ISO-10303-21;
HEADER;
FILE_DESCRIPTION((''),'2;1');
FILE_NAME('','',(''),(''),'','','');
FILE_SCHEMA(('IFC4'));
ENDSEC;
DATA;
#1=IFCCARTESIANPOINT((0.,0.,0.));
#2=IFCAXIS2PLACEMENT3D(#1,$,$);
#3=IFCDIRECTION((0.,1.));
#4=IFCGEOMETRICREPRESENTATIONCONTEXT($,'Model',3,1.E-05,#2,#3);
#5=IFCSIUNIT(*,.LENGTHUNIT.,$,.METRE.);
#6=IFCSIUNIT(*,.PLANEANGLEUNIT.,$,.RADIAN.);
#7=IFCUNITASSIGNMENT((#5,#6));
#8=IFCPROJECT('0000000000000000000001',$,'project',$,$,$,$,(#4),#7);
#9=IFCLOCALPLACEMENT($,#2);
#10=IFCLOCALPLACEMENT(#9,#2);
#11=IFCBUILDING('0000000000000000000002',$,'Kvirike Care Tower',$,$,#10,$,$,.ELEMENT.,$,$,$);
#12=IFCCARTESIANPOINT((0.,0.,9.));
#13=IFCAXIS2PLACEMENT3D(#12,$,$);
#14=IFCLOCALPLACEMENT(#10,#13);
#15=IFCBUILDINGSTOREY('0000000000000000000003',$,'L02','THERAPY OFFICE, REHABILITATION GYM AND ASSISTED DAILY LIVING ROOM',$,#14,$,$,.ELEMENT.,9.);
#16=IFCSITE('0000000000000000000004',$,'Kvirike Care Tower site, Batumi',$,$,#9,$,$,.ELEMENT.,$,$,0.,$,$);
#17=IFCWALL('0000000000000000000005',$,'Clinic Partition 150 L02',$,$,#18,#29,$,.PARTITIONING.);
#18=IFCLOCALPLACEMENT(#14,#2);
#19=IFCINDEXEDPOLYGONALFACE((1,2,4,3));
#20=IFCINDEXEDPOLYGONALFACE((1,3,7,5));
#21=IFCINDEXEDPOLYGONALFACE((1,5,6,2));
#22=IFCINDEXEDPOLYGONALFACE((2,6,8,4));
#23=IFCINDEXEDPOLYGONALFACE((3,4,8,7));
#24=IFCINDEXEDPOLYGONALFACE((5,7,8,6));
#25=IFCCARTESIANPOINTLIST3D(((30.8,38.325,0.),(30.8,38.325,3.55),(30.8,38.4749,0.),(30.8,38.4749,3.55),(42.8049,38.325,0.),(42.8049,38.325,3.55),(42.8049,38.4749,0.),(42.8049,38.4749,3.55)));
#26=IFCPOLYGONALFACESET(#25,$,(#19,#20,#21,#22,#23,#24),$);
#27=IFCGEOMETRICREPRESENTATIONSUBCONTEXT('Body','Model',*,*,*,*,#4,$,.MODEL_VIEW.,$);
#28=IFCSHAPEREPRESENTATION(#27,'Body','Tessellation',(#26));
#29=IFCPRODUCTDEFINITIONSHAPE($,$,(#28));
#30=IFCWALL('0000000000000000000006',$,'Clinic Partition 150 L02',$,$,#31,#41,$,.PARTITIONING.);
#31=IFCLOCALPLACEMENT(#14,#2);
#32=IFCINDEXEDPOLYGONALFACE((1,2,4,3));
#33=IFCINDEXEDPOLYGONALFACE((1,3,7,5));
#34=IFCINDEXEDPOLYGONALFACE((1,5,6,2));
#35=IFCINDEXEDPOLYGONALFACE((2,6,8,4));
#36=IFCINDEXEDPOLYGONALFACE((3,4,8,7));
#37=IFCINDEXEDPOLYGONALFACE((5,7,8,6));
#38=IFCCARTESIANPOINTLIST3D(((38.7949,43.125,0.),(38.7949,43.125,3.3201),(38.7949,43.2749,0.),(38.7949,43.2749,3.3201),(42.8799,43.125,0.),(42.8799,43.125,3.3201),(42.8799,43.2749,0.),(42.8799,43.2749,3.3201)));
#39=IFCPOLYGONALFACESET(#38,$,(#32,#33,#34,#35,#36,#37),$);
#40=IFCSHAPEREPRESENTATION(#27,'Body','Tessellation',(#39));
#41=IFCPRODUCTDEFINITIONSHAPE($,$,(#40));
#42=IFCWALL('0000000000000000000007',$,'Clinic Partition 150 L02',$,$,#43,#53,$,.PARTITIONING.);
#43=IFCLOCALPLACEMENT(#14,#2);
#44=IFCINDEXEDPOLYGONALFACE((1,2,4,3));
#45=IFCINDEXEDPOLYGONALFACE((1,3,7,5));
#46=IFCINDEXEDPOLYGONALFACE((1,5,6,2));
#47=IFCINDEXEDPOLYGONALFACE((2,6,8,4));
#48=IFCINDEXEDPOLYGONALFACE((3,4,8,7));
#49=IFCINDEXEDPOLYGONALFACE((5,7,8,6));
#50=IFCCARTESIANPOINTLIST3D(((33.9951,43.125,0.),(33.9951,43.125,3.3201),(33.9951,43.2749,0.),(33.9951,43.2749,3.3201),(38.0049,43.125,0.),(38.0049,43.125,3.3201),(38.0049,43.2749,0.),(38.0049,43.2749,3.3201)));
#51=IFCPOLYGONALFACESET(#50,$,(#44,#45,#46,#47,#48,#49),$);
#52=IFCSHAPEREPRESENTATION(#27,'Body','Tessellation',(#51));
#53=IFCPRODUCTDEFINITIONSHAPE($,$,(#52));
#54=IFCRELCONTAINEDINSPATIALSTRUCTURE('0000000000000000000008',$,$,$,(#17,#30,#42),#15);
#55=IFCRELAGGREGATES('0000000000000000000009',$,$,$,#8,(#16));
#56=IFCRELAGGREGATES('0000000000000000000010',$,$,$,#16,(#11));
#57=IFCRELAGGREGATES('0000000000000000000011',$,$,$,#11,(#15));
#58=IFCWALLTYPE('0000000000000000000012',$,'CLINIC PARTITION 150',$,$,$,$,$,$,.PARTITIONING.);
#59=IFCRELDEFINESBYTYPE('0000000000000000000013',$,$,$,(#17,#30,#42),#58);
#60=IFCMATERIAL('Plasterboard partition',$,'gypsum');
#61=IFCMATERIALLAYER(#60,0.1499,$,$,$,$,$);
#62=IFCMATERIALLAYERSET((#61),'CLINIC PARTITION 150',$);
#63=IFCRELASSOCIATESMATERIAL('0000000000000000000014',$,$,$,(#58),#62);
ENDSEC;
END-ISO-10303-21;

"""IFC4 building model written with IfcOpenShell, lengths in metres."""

from ifc_helpers import new_model, si_unit, direction, frame, frame_2d, origin, place, context, subcontext, project, spatial, rectangle, extrude, material, layer, layer_set, type_object, element, save


model = new_model("IFC4")

# Units and contexts
model_context = context("Model", 3, precision=1e-05, world=origin(), true_north=direction((0.0, 1.0)))
body_context = subcontext(model_context, "Body", "Model", "MODEL_VIEW")
ifc_project = project(units=[si_unit("LENGTHUNIT", "METRE"), si_unit("PLANEANGLEUNIT", "RADIAN")], contexts=[model_context])

# Site, building, storey
site_placement = place(None, origin())
site = spatial("IfcSite", under=ifc_project, at=site_placement, Name="Kvirike Care Tower site, Batumi", CompositionType="ELEMENT", RefElevation=0.0)
building_placement = place(site_placement, origin())
building = spatial("IfcBuilding", under=site, at=building_placement, Name="Kvirike Care Tower", CompositionType="ELEMENT")
storey_placement = place(building_placement, frame((0.0, 0.0, 9.0)))
storey = spatial("IfcBuildingStorey", under=building, at=storey_placement, Name="L02", Description="THERAPY OFFICE, REHABILITATION GYM AND ASSISTED DAILY LIVING ROOM", CompositionType="ELEMENT", Elevation=9.0)

# Walls
ifc_material_1 = material(Name="Plasterboard partition", Category="gypsum")
ifc_layer_1 = layer(ifc_material_1, 0.1499)
ifc_layer_set_1 = layer_set([ifc_layer_1], Name="CLINIC PARTITION 150")
wall_type = type_object("IfcWallType", Name="CLINIC PARTITION 150", PredefinedType="PARTITIONING", material=ifc_layer_set_1)
wall_1_placement = place(storey_placement, frame((42.8049, 38.3999, 0.0), z_axis=(0.0, 0.0, 1.0), x_axis=(-1.0, 0.0, 0.0)))
element("IfcWall", 1, at=wall_1_placement, inside=storey, type_object=wall_type, Name="Clinic Partition 150 L02", PredefinedType="PARTITIONING", context=body_context, shape_type="SweptSolid", body=[
    extrude(rectangle(XDim=12.0049, YDim=0.1499, at=frame_2d((6.0024, 0.0))), origin(), (0.0, 0.0, 1.0), 3.55),
])
wall_2_placement = place(storey_placement, frame((42.8799, 43.2, 0.0), z_axis=(0.0, 0.0, 1.0), x_axis=(-1.0, 0.0, 0.0)))
element("IfcWall", 2, at=wall_2_placement, inside=storey, type_object=wall_type, Name="Clinic Partition 150 L02", PredefinedType="PARTITIONING", context=body_context, shape_type="SweptSolid", body=[
    extrude(rectangle(XDim=4.085, YDim=0.1499, at=frame_2d((2.0425, 0.0))), origin(), (0.0, 0.0, 1.0), 3.3201),
])
wall_3_placement = place(storey_placement, frame((38.0049, 43.2, 0.0), z_axis=(0.0, 0.0, 1.0), x_axis=(-1.0, 0.0, 0.0)))
element("IfcWall", 3, at=wall_3_placement, inside=storey, type_object=wall_type, Name="Clinic Partition 150 L02", PredefinedType="PARTITIONING", context=body_context, shape_type="SweptSolid", body=[
    extrude(rectangle(XDim=4.0098, YDim=0.1499, at=frame_2d((2.0049, 0.0))), origin(), (0.0, 0.0, 1.0), 3.3201),
])

save(model, "model.ifc")
